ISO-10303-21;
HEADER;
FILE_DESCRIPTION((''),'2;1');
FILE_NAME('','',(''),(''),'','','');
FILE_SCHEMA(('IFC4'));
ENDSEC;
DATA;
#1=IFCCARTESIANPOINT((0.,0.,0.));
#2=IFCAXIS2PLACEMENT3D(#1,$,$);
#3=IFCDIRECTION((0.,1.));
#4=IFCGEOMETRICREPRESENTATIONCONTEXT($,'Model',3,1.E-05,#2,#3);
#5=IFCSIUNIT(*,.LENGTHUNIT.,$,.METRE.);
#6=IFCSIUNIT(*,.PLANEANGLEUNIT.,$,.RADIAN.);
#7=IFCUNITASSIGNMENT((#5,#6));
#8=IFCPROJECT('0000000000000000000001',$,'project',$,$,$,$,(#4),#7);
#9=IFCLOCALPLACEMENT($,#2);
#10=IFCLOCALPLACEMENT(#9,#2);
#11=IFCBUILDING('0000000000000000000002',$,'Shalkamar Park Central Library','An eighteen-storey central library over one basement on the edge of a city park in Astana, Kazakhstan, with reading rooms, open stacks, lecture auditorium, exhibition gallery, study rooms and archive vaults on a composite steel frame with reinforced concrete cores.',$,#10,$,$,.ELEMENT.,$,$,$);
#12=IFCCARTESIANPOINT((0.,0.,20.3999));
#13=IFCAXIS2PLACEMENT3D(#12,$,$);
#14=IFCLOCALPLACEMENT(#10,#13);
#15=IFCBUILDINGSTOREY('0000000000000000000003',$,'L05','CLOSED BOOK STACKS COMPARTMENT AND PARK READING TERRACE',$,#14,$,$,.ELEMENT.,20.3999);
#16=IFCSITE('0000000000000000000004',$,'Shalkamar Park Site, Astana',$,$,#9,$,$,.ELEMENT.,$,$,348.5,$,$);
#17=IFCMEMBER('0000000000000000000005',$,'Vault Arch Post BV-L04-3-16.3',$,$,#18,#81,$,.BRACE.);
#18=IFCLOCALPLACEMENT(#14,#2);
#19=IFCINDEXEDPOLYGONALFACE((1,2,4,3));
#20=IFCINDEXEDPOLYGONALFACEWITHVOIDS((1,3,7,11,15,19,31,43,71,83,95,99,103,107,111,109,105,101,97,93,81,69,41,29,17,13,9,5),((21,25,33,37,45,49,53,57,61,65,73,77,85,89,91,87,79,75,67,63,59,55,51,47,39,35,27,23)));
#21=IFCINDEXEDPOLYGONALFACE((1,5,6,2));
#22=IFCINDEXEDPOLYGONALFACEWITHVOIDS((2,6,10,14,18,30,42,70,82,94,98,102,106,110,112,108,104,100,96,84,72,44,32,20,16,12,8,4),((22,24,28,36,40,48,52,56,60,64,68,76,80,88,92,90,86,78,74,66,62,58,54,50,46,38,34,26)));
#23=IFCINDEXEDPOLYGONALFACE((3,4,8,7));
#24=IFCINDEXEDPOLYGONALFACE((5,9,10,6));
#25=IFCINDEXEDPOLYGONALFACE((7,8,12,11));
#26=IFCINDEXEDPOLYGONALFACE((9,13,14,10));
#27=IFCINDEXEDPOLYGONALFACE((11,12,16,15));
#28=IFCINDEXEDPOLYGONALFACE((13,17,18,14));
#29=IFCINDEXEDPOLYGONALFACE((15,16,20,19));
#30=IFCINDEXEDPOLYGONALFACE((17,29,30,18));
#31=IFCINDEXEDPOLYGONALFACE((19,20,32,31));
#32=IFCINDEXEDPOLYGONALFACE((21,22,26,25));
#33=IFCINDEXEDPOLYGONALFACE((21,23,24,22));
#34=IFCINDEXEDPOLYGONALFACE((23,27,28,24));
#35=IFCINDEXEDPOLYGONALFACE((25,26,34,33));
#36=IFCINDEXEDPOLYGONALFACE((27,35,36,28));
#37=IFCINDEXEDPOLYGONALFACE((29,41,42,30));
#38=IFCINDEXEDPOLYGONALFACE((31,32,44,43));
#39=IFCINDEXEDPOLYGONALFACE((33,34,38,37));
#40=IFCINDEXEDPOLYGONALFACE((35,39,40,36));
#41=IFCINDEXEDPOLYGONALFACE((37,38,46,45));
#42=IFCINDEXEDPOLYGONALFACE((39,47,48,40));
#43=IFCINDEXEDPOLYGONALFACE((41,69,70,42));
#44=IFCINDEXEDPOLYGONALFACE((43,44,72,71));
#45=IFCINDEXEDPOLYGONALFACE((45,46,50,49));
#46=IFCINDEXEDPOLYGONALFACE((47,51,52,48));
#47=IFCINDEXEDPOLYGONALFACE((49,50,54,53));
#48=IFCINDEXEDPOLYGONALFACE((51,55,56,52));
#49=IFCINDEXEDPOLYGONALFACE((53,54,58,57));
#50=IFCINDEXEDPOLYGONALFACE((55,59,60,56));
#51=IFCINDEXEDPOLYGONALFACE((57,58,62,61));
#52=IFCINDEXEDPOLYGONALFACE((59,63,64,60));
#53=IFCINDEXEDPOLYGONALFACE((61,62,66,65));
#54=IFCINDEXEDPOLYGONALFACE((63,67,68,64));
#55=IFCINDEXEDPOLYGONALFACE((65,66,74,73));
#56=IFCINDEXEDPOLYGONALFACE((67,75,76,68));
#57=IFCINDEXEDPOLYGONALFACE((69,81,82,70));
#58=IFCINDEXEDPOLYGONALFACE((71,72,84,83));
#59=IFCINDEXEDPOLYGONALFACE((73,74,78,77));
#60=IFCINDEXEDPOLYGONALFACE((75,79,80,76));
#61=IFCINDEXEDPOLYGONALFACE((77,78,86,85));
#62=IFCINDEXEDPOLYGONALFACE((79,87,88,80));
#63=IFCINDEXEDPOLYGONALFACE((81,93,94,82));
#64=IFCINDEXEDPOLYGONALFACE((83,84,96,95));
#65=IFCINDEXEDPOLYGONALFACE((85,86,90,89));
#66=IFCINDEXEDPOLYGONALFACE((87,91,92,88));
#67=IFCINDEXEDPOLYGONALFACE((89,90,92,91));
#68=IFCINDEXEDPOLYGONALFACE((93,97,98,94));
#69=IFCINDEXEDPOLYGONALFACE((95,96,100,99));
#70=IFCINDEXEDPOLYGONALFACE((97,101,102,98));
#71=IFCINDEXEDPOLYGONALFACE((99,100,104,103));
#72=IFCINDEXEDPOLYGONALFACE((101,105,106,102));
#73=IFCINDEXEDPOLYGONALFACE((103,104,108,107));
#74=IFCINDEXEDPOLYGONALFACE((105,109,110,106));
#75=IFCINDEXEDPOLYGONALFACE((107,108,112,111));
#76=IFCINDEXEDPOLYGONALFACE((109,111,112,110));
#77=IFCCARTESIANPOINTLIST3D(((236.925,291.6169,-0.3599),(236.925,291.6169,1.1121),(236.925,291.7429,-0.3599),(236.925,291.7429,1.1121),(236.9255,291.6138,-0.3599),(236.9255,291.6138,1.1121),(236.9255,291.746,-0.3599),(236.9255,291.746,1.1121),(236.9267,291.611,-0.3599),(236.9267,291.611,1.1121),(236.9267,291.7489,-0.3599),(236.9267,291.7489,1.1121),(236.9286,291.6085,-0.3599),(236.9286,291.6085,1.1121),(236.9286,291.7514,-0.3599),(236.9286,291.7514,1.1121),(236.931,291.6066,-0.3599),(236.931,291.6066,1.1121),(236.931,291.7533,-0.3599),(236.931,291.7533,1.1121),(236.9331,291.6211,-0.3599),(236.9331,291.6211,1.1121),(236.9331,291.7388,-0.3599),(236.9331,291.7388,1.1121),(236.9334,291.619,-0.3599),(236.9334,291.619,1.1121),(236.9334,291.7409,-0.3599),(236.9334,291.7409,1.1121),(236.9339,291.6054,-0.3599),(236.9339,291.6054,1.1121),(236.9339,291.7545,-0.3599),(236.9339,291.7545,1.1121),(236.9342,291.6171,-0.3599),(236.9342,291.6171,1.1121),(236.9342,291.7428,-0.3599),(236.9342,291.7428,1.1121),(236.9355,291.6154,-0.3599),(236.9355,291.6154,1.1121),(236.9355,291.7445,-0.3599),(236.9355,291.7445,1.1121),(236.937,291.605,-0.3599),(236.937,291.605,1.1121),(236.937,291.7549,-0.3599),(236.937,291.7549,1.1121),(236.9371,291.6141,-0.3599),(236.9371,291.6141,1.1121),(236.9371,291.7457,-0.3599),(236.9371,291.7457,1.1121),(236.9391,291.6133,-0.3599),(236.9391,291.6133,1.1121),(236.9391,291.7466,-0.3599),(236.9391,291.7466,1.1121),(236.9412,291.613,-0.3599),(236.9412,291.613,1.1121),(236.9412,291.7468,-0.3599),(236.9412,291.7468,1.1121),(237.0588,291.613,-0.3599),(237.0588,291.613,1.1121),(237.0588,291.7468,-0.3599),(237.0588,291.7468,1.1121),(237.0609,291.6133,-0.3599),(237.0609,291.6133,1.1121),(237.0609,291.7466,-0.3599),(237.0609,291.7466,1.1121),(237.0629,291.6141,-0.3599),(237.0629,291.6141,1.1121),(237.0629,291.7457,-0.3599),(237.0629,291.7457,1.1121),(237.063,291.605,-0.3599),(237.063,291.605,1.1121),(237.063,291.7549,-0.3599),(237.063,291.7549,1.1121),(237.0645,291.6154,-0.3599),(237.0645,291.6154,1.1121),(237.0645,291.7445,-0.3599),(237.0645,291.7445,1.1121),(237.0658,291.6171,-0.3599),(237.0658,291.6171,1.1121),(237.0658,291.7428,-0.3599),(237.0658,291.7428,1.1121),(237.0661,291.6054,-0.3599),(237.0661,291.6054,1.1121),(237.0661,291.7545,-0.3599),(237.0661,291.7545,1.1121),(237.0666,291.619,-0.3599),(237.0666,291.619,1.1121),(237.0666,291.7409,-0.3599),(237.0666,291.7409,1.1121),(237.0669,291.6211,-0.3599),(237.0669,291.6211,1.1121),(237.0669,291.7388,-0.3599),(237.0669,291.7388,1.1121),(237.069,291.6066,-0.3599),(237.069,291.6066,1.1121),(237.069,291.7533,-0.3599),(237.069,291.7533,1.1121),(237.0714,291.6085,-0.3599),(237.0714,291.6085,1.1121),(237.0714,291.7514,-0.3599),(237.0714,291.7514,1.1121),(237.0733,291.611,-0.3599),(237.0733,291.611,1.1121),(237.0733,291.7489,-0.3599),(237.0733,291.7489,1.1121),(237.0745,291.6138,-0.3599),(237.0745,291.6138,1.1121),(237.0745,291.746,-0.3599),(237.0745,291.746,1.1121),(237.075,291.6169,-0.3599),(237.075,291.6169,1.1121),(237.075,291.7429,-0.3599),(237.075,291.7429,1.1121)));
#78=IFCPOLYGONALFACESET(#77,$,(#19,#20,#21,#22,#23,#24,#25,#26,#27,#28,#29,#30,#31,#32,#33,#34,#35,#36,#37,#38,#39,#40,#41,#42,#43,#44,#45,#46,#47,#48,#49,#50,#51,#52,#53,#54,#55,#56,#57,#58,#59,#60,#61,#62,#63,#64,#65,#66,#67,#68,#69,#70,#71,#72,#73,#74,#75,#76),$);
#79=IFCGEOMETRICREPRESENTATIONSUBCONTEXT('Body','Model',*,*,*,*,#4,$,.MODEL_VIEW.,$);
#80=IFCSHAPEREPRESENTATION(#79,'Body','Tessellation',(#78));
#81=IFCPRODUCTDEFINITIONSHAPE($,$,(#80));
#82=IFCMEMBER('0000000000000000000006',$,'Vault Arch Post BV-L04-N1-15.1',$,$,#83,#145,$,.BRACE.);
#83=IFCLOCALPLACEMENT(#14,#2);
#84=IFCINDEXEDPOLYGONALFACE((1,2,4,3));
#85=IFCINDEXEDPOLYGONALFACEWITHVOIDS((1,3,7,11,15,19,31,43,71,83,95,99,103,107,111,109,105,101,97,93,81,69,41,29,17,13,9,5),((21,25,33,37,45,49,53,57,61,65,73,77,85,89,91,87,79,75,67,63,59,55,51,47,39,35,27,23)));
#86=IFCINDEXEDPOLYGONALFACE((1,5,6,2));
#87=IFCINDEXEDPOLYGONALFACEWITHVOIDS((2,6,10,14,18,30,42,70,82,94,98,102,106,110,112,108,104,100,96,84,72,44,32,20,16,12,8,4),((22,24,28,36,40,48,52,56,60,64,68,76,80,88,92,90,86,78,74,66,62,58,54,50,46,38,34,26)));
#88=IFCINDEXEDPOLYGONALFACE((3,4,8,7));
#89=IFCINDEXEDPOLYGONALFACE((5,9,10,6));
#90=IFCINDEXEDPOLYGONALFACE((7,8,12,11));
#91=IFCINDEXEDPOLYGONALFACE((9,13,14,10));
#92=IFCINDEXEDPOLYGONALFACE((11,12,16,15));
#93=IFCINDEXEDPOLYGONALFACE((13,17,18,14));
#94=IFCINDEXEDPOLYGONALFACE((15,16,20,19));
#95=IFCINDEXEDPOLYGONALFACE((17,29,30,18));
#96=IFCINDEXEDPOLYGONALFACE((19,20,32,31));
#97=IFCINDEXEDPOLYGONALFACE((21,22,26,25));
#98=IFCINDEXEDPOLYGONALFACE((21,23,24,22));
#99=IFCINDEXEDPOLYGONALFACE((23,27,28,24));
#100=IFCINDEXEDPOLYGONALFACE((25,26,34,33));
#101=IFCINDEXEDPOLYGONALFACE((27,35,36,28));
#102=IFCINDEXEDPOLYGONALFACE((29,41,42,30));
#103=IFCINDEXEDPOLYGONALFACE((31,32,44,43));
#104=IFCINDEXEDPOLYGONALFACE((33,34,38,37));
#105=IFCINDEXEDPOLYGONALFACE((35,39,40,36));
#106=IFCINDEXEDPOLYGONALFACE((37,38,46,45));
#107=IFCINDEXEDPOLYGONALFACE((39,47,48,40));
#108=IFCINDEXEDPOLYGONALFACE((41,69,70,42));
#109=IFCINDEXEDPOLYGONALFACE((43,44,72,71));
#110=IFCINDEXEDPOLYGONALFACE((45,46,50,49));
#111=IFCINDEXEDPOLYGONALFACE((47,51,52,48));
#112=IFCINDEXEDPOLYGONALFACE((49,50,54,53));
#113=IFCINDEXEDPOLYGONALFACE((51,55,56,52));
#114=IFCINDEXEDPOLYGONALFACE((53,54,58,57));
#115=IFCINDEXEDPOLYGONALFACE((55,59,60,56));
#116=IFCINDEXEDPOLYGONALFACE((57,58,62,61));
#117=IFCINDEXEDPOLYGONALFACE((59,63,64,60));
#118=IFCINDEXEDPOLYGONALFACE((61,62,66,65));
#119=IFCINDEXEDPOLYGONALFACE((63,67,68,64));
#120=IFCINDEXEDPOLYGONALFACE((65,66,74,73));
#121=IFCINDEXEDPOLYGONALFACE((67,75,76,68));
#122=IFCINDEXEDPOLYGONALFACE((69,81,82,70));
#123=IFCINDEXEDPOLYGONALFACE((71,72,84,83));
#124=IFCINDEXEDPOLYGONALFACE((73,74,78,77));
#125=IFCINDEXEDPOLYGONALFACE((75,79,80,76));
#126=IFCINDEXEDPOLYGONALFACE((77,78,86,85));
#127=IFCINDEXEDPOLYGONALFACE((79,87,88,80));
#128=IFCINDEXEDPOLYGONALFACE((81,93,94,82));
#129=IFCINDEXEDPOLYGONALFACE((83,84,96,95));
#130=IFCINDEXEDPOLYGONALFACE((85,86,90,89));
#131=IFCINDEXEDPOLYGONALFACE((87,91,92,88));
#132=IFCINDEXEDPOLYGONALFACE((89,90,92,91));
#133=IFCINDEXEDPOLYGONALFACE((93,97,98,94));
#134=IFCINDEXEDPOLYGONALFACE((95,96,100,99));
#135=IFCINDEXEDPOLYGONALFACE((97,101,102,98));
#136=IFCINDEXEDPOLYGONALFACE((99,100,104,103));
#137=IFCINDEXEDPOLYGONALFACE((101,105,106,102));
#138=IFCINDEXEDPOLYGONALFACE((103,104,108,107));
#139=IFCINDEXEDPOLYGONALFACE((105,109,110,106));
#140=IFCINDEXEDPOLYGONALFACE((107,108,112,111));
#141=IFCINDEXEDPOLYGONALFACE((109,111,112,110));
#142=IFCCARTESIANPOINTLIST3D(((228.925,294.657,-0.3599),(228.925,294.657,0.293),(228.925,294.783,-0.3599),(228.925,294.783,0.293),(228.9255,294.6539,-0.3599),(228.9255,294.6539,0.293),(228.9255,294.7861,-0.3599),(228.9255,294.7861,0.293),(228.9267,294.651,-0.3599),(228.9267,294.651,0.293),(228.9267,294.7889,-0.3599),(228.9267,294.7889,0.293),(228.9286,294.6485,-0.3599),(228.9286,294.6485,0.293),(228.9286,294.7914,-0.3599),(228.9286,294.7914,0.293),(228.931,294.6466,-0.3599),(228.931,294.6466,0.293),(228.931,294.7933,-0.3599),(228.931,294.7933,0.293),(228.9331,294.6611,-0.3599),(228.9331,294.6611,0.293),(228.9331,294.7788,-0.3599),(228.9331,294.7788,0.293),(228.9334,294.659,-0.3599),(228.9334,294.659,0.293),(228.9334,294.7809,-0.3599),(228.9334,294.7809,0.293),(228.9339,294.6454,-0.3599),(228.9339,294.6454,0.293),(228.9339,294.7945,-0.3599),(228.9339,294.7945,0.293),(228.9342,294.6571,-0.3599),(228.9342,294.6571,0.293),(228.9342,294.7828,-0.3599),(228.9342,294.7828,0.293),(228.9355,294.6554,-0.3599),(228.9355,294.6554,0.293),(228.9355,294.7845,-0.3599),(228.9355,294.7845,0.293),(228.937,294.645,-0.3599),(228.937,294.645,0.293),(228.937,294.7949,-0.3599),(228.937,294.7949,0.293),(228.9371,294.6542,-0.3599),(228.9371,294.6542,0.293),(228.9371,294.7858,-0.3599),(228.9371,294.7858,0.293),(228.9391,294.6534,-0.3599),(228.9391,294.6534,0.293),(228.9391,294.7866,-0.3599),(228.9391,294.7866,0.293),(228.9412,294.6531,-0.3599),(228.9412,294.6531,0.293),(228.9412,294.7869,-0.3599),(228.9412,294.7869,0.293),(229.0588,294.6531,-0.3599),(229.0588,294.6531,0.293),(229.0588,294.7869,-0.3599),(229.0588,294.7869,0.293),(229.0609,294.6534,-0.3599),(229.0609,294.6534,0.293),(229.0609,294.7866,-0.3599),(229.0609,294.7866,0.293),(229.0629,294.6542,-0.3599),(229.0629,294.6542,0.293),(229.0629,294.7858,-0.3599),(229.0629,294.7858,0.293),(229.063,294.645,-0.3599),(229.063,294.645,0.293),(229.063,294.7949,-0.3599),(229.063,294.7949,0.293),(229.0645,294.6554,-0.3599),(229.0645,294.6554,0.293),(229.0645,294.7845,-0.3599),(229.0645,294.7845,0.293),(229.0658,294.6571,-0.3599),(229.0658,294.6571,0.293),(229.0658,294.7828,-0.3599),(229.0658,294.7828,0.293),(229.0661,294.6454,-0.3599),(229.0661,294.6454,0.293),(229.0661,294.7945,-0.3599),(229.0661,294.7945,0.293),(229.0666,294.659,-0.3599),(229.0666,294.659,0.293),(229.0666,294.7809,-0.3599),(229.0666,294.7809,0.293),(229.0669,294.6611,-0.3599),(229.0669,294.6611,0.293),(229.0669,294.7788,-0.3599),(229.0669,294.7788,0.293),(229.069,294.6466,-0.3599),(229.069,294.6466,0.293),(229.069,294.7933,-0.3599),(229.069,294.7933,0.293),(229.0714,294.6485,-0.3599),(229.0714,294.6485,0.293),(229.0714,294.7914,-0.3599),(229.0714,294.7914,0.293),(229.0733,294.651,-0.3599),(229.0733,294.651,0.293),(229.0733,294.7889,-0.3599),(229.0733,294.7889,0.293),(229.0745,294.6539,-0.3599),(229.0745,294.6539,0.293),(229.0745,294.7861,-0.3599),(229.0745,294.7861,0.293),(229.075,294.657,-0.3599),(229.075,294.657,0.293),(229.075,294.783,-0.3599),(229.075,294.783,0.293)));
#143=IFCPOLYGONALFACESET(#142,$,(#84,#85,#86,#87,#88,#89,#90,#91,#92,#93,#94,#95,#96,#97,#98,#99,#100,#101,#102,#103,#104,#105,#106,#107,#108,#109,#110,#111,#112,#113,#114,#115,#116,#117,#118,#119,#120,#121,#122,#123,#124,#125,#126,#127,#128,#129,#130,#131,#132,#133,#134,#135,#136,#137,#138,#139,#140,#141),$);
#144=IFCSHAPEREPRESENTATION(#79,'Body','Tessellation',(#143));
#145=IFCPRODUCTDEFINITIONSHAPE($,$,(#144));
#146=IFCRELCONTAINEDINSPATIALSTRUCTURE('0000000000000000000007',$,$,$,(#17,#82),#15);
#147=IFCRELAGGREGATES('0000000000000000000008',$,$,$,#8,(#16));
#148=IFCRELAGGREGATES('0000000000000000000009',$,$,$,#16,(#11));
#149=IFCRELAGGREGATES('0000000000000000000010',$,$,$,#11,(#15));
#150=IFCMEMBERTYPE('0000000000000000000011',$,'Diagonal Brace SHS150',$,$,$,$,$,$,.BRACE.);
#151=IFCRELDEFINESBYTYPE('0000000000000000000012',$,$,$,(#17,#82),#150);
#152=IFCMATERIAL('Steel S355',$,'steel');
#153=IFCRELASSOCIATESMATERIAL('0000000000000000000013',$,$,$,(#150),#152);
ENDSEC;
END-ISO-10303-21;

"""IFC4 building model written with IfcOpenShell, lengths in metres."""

from ifc_helpers import new_model, si_unit, direction, frame, origin, origin_2d, place, context, subcontext, project, spatial, hollow_rectangle, extrude, material, material_profile, profile_set, type_object, element, save


model = new_model("IFC4")

# Units and contexts
model_context = context("Model", 3, precision=1e-05, world=origin(), true_north=direction((0.0, 1.0)))
body_context = subcontext(model_context, "Body", "Model", "MODEL_VIEW")
ifc_project = project(units=[si_unit("LENGTHUNIT", "METRE"), si_unit("PLANEANGLEUNIT", "RADIAN")], contexts=[model_context])

# Site, building, storey
site_placement = place(None, origin())
site = spatial("IfcSite", under=ifc_project, at=site_placement, Name="Shalkamar Park Site, Astana", CompositionType="ELEMENT", RefElevation=348.5)
building_placement = place(site_placement, origin())
building = spatial("IfcBuilding", under=site, at=building_placement, Name="Shalkamar Park Central Library", Description="An eighteen-storey central library over one basement on the edge of a city park in Astana, Kazakhstan, with reading rooms, open stacks, lecture auditorium, exhibition gallery, study rooms and archive vaults on a composite steel frame with reinforced concrete cores.", CompositionType="ELEMENT")
storey_placement = place(building_placement, frame((0.0, 0.0, 20.3999)))
storey = spatial("IfcBuildingStorey", under=building, at=storey_placement, Name="L05", Description="CLOSED BOOK STACKS COMPARTMENT AND PARK READING TERRACE", CompositionType="ELEMENT", Elevation=20.3999)

# Members
ifc_material = material(Name="Steel S355", Category="steel")
ifc_material_profile_1 = material_profile(ifc_material, hollow_rectangle(XDim=0.1499, YDim=0.1499, WallThickness=0.0081, InnerFilletRadius=0.0081, OuterFilletRadius=0.012, at=origin_2d()), Name="SHS 150x150x8")
ifc_profile_set_1 = profile_set([ifc_material_profile_1], Name="Steel S355")
member_type_1 = type_object("IfcMemberType", Name="Diagonal Brace SHS150", PredefinedType="BRACE", material=ifc_profile_set_1)
member_1_placement = place(storey_placement, frame((237.0, 291.6799, -0.3599), z_axis=(0.0, 0.0, 1.0), x_axis=(1.0, 0.0, 0.0)))
element("IfcMember", 1, at=member_1_placement, inside=storey, type_object=member_type_1, Name="Vault Arch Post BV-L04-3-16.3", PredefinedType="BRACE", context=body_context, shape_type="SweptSolid", body=[
    extrude(hollow_rectangle(XDim=0.1499, YDim=0.1499, WallThickness=0.0081, InnerFilletRadius=0.0081, OuterFilletRadius=0.012, at=origin_2d()), origin(), (0.0, 0.0, 1.0), 1.4719),
])
for number, where, z_axis, x_axis, name in (
    (2, (229.0, 294.72, -0.3599), (0.0, 0.0, 1.0), (1.0, 0.0, 0.0), "Vault Arch Post BV-L04-N1-15.1"),
):
    element("IfcMember", number, at=place(storey_placement, frame(where, z_axis=z_axis, x_axis=x_axis)), inside=storey, type_object=member_type_1, Name=name, PredefinedType="BRACE", context=body_context, shape_type="SweptSolid", body=[
        extrude(hollow_rectangle(XDim=0.1499, YDim=0.1499, WallThickness=0.0081, InnerFilletRadius=0.0081, OuterFilletRadius=0.012, at=origin_2d()), origin(), (0.0, 0.0, 1.0), 0.6528),
    ])

save(model, "model.ifc")
